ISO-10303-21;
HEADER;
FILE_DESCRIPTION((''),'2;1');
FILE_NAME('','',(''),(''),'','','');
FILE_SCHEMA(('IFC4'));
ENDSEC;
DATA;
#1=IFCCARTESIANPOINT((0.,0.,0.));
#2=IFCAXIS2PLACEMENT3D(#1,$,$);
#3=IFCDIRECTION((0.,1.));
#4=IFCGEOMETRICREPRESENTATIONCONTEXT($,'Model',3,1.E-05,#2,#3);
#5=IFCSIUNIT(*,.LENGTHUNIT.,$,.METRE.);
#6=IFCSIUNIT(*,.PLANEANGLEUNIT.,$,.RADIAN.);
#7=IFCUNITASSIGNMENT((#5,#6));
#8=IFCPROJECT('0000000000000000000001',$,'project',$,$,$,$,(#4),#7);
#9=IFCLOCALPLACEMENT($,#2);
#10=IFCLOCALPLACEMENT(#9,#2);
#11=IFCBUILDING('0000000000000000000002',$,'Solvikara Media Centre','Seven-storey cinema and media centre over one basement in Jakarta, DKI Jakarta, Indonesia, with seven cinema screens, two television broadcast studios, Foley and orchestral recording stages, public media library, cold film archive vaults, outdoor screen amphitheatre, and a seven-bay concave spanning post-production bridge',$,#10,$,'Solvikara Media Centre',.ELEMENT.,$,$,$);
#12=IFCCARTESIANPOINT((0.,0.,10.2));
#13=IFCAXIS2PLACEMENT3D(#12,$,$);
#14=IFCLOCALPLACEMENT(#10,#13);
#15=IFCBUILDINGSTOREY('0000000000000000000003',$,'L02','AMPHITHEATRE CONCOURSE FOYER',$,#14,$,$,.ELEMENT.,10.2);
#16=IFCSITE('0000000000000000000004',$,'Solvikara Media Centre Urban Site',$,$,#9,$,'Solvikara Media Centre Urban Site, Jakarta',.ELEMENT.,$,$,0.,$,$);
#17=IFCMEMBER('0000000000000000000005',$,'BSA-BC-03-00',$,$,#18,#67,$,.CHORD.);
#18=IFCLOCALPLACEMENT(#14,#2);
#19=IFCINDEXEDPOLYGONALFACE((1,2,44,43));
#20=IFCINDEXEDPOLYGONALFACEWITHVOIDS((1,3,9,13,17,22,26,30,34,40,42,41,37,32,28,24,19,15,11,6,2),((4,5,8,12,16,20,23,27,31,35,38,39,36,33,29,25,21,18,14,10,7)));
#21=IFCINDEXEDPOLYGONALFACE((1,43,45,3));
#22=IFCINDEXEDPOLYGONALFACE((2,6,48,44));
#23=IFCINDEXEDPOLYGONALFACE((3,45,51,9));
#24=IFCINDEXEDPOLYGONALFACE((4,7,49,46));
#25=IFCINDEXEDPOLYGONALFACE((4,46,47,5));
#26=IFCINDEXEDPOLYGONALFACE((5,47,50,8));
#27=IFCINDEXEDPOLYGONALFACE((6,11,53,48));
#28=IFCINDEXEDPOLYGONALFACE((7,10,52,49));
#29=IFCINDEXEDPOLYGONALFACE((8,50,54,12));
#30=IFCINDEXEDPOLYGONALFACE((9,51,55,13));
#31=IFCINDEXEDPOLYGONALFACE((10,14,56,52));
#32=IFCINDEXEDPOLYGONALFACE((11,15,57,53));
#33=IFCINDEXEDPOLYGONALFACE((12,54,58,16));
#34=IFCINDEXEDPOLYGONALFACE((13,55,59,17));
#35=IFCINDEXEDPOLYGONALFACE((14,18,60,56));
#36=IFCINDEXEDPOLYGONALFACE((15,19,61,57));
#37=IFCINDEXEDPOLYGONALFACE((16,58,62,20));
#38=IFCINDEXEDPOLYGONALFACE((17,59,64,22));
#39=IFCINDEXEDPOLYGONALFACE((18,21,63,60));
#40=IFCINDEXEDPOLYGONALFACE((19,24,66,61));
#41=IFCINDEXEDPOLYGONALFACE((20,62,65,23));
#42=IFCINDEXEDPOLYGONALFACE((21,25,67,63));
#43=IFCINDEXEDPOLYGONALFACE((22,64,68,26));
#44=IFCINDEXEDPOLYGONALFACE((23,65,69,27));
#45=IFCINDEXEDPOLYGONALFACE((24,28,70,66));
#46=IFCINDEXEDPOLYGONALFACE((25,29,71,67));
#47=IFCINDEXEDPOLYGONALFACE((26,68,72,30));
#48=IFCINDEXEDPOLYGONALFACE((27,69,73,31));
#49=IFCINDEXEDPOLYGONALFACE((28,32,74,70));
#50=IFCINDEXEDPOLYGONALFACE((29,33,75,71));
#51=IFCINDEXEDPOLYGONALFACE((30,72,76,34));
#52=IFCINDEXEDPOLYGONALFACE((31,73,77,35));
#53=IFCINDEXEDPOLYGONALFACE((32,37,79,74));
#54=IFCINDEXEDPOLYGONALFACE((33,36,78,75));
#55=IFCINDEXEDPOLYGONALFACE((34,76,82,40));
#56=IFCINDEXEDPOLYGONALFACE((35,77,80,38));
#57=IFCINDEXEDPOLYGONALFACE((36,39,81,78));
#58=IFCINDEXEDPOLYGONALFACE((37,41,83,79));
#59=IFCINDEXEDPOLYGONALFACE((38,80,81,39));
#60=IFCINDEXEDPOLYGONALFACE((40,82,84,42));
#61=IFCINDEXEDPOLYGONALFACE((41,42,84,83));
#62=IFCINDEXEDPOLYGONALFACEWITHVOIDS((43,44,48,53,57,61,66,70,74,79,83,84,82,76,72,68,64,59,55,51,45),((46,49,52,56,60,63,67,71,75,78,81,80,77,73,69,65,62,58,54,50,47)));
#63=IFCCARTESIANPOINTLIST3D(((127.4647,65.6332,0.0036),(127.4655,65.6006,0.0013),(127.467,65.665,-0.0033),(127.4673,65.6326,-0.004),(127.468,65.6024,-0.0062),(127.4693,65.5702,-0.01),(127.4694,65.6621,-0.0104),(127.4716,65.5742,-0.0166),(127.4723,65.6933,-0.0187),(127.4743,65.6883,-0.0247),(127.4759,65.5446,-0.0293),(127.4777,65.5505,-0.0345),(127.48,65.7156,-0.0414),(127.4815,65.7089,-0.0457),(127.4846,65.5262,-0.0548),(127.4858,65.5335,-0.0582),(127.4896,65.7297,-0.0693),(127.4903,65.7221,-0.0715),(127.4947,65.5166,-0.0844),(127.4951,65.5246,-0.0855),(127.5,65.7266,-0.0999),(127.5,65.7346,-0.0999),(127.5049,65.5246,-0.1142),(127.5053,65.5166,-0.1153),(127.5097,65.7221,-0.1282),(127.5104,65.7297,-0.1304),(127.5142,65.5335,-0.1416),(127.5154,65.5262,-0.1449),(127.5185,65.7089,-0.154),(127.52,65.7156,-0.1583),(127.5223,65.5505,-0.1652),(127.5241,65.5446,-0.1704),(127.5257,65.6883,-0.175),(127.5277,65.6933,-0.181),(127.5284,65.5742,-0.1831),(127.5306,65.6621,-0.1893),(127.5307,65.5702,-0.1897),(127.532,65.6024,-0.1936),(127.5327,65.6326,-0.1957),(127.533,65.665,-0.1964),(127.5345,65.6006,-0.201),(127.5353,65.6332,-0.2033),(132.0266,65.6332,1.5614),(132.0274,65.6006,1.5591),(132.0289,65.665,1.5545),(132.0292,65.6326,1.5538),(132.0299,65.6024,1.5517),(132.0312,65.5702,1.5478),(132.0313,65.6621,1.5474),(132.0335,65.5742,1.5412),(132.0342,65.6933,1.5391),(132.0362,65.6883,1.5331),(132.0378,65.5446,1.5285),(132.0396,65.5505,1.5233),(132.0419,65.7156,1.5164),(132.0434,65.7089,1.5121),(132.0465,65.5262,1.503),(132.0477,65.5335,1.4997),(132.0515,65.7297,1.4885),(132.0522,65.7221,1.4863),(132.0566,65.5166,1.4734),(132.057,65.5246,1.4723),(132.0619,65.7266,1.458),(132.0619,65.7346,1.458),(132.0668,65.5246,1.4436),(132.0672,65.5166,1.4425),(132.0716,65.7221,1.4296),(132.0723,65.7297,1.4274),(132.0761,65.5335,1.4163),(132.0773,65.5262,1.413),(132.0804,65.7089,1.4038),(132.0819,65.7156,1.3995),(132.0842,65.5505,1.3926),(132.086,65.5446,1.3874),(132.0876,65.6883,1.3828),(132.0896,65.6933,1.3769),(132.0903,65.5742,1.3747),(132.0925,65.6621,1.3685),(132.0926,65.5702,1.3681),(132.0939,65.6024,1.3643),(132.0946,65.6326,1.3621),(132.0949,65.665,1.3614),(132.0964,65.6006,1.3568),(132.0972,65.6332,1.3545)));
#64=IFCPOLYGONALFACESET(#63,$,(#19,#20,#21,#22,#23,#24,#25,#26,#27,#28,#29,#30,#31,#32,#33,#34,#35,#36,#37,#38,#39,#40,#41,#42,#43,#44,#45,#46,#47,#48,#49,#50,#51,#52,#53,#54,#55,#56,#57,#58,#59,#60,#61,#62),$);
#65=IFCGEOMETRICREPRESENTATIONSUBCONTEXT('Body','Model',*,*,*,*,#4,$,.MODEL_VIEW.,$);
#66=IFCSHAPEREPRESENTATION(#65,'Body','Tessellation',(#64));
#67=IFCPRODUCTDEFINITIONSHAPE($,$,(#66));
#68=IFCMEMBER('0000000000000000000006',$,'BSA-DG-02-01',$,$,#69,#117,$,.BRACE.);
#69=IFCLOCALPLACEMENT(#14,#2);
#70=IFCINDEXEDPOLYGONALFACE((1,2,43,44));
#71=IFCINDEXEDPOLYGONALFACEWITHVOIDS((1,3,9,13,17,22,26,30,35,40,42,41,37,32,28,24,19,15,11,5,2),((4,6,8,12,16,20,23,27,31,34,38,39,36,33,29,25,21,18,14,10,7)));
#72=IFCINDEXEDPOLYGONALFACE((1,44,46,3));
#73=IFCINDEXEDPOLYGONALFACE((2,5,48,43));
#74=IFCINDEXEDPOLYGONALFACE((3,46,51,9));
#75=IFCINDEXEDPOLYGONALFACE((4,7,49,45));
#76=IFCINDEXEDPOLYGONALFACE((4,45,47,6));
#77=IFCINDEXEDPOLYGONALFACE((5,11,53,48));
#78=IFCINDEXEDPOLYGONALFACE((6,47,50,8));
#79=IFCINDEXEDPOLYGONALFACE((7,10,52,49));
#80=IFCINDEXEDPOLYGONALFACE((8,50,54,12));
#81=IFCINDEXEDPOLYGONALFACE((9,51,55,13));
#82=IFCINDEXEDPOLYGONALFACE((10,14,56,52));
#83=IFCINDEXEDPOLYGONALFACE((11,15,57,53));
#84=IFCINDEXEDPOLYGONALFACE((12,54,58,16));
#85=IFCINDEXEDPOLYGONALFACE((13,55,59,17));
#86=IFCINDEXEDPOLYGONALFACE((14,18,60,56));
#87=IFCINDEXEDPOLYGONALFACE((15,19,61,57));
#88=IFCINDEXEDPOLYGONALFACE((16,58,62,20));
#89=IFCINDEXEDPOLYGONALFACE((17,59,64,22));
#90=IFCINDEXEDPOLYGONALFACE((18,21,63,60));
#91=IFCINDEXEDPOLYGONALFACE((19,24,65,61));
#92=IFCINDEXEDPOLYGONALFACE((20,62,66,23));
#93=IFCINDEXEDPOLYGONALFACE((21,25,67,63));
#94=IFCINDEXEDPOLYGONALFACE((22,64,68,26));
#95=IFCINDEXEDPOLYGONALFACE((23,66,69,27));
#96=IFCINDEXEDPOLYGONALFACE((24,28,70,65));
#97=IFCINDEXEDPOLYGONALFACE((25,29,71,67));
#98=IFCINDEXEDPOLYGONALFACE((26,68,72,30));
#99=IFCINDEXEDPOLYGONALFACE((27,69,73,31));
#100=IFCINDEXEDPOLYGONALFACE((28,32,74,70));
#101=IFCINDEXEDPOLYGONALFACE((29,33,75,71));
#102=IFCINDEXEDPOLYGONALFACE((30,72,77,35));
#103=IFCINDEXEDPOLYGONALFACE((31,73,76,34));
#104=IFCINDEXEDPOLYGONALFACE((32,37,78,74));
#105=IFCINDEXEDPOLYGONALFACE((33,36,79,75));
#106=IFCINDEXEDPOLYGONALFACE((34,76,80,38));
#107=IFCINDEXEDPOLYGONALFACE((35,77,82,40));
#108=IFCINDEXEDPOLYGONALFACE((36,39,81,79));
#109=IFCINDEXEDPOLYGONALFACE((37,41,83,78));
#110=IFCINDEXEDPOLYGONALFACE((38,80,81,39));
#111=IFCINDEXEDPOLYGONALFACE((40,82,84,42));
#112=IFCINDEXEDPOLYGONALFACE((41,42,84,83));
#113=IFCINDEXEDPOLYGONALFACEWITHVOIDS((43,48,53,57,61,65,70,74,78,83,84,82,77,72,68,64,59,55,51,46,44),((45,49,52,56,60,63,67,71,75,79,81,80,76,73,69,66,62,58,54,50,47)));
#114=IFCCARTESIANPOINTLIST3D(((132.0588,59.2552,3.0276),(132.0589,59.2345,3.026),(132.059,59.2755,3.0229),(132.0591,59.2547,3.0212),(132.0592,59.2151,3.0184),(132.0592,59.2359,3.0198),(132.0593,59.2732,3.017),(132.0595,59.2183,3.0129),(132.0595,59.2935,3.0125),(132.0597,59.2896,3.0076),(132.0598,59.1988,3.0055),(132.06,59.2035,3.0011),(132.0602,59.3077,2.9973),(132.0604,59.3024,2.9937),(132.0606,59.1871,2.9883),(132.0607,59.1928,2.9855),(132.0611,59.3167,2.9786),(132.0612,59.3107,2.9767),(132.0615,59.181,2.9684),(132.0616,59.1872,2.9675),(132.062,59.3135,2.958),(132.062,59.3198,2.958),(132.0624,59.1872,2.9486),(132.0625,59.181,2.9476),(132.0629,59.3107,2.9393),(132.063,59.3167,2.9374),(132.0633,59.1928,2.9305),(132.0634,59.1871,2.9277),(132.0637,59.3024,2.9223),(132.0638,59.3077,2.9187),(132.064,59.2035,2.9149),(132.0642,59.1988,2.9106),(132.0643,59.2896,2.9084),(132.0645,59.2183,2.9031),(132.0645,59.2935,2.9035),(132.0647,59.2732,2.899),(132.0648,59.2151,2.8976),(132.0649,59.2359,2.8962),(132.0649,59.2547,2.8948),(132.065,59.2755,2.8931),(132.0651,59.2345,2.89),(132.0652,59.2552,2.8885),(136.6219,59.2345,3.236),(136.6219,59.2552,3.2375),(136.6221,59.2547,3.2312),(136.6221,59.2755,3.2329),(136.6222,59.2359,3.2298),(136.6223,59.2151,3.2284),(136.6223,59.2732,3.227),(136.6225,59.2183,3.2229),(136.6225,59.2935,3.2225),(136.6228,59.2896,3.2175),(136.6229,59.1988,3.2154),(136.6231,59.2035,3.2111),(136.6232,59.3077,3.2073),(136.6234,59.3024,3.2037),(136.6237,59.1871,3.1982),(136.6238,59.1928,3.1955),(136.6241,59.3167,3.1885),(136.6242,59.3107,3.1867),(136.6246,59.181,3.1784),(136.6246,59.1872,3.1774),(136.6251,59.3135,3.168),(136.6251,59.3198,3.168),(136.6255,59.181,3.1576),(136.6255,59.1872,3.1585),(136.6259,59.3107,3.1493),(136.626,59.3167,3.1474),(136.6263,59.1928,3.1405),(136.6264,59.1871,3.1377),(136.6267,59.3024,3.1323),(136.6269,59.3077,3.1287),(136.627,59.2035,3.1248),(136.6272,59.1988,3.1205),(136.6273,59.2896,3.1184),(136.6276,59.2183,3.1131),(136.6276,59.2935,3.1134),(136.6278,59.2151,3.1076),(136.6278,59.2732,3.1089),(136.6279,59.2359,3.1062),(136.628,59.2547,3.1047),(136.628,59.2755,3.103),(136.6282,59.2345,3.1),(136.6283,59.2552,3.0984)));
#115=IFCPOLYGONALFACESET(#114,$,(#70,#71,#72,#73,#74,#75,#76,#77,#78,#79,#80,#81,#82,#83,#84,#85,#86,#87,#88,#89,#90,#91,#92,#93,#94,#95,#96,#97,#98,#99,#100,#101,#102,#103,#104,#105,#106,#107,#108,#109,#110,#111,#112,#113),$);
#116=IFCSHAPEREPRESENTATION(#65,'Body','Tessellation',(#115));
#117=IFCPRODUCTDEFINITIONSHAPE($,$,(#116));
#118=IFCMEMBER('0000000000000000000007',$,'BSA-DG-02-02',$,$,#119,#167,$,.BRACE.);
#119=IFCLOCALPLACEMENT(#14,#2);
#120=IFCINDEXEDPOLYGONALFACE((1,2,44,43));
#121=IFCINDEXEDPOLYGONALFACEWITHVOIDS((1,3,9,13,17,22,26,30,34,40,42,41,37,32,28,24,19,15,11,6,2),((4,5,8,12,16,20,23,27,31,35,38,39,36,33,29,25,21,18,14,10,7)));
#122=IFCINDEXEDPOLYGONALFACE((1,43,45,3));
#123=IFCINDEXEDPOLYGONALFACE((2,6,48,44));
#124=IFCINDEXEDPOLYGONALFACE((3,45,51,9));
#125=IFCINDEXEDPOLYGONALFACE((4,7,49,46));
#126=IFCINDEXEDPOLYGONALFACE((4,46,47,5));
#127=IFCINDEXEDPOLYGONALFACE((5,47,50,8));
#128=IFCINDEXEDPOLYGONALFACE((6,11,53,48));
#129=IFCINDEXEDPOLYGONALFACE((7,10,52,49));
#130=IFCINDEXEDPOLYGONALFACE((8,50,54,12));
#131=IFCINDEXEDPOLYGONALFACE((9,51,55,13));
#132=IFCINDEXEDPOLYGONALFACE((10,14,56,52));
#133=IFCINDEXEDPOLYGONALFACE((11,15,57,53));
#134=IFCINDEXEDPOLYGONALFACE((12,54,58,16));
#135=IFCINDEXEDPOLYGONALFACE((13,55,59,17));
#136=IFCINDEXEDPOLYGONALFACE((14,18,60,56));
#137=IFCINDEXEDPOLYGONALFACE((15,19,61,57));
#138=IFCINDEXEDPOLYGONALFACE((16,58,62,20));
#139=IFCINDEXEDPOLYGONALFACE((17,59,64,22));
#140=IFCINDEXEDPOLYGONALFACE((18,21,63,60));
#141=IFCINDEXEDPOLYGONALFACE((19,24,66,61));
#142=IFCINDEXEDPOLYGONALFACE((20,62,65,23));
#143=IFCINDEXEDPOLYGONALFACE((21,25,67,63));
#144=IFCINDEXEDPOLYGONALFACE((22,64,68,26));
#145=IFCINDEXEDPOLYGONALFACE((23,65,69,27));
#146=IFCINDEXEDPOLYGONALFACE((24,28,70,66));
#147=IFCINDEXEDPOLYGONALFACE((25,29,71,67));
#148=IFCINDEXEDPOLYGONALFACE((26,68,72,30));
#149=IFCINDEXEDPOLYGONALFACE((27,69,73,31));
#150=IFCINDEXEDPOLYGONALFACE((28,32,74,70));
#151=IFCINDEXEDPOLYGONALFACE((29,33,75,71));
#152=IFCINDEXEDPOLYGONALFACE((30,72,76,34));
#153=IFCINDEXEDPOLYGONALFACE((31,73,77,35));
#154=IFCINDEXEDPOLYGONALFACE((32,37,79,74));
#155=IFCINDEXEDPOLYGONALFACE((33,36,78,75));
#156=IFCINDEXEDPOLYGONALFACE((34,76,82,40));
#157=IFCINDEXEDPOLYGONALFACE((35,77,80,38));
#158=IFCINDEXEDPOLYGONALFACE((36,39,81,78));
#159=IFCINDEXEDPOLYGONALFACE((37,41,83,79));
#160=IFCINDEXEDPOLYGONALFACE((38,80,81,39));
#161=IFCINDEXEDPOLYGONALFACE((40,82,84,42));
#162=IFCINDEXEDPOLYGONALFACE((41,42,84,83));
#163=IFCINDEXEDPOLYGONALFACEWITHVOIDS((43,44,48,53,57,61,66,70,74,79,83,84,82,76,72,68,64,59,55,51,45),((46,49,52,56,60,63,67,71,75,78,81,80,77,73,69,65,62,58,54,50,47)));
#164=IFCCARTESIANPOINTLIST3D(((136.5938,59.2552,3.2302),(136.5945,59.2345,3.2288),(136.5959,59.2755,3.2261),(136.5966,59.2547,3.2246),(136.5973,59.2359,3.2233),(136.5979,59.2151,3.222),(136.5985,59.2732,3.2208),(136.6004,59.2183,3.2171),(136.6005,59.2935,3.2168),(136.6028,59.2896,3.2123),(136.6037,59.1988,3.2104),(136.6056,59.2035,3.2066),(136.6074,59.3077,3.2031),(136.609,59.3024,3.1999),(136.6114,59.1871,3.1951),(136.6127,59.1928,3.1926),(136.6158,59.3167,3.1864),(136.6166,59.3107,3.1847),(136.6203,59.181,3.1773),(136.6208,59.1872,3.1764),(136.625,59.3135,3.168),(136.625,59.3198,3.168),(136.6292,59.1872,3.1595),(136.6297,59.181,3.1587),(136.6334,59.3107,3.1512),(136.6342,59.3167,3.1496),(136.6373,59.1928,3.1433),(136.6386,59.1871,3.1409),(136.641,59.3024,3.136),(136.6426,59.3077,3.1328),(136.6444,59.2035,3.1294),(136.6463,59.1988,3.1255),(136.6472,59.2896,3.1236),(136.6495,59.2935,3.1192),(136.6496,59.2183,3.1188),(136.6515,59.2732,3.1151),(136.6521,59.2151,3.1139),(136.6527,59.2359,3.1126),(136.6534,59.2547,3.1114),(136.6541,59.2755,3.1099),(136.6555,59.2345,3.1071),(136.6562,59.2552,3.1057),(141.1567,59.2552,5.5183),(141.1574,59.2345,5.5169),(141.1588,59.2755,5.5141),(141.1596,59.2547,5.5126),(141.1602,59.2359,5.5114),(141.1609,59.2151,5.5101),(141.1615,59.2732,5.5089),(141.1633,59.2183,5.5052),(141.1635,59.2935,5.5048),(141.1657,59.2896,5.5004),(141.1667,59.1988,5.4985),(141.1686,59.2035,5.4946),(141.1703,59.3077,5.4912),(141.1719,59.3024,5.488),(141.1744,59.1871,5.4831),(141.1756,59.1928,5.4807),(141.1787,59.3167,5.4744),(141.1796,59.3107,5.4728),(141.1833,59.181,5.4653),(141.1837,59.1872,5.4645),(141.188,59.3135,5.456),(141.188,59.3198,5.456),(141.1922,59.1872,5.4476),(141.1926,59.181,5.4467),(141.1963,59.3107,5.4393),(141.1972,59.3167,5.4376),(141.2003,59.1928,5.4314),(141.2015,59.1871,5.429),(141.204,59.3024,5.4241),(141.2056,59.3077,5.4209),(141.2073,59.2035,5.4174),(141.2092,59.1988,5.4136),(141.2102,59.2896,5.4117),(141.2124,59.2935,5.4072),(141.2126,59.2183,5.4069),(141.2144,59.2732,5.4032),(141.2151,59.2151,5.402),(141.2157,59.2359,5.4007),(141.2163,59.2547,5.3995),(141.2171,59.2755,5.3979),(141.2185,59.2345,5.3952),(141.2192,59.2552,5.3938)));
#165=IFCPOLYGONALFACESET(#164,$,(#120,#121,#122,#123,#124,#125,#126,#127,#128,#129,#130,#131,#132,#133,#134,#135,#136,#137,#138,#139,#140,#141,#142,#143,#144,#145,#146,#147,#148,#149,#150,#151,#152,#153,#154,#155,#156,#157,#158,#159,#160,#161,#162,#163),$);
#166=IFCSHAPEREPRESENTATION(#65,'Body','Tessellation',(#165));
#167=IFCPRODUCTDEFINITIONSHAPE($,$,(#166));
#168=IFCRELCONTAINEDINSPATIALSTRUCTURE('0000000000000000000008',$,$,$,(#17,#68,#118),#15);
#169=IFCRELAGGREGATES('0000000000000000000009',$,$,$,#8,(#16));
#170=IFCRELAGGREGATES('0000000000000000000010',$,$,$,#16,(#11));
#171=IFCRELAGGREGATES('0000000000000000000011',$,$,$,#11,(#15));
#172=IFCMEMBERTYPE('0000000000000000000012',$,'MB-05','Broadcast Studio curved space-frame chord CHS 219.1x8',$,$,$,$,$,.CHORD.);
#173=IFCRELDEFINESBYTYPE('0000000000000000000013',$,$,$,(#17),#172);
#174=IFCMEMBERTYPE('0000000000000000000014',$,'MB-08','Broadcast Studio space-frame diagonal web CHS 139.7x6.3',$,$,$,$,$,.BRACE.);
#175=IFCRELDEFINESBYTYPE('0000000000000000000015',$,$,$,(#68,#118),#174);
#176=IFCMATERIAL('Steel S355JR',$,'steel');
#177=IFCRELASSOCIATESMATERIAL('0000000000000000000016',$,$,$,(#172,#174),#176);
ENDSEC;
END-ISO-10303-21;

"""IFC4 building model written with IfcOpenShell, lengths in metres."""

from ifc_helpers import new_model, si_unit, direction, frame, origin, origin_2d, place, context, subcontext, project, spatial, hollow_circle, extrude, material, material_profile, profile_set, type_object, element, save


model = new_model("IFC4")

# Units and contexts
model_context = context("Model", 3, precision=1e-05, world=origin(), true_north=direction((0.0, 1.0)))
body_context = subcontext(model_context, "Body", "Model", "MODEL_VIEW")
ifc_project = project(units=[si_unit("LENGTHUNIT", "METRE"), si_unit("PLANEANGLEUNIT", "RADIAN")], contexts=[model_context])

# Site, building, storey
site_placement = place(None, origin())
site = spatial("IfcSite", under=ifc_project, at=site_placement, Name="Solvikara Media Centre Urban Site", LongName="Solvikara Media Centre Urban Site, Jakarta", CompositionType="ELEMENT", RefElevation=0.0)
building_placement = place(site_placement, origin())
building = spatial("IfcBuilding", under=site, at=building_placement, Name="Solvikara Media Centre", Description="Seven-storey cinema and media centre over one basement in Jakarta, DKI Jakarta, Indonesia, with seven cinema screens, two television broadcast studios, Foley and orchestral recording stages, public media library, cold film archive vaults, outdoor screen amphitheatre, and a seven-bay concave spanning post-production bridge", LongName="Solvikara Media Centre", CompositionType="ELEMENT")
storey_placement = place(building_placement, frame((0.0, 0.0, 10.2)))
storey = spatial("IfcBuildingStorey", under=building, at=storey_placement, Name="L02", Description="AMPHITHEATRE CONCOURSE FOYER", CompositionType="ELEMENT", Elevation=10.2)

# Members
ifc_material_1 = material(Name="Steel S355JR", Category="steel")
ifc_material_profile_1 = material_profile(ifc_material_1, hollow_circle(Radius=0.1096, WallThickness=0.0081, at=origin_2d()), Name="CHS 219.1x8")
ifc_profile_set_1 = profile_set([ifc_material_profile_1], Name="Steel S355JR")
member_type_1 = type_object("IfcMemberType", Name="MB-05", Description="Broadcast Studio curved space-frame chord CHS 219.1x8", PredefinedType="CHORD", material=ifc_profile_set_1)
member_1_placement = place(storey_placement, frame((127.5, 65.625, -0.0999), z_axis=(0.946343, 0.0, 0.323163), x_axis=(0.0, 1.0, 0.0)))
element("IfcMember", 1, at=member_1_placement, inside=storey, type_object=member_type_1, Name="BSA-BC-03-00", PredefinedType="CHORD", context=body_context, shape_type="SweptSolid", body=[
    extrude(hollow_circle(Radius=0.1096, WallThickness=0.0081, at=origin_2d()), origin(), (0.0, 0.0, 1.0), 4.8206),
])
ifc_material_profile_2 = material_profile(ifc_material_1, hollow_circle(Radius=0.0698, WallThickness=0.0063, at=origin_2d()), Name="CHS 139.7x6.3")
ifc_profile_set_2 = profile_set([ifc_material_profile_2], Name="Steel S355JR")
member_type_2 = type_object("IfcMemberType", Name="MB-08", Description="Broadcast Studio space-frame diagonal web CHS 139.7x6.3", PredefinedType="BRACE", material=ifc_profile_set_2)
member_2_placement = place(storey_placement, frame((132.062, 59.25, 2.958), z_axis=(0.998943, 0.0, 0.045965), x_axis=(0.0, 1.0, 0.0)))
element("IfcMember", 2, at=member_2_placement, inside=storey, type_object=member_type_2, Name="BSA-DG-02-01", PredefinedType="BRACE", context=body_context, shape_type="SweptSolid", body=[
    extrude(hollow_circle(Radius=0.0698, WallThickness=0.0063, at=origin_2d()), origin(), (0.0, 0.0, 1.0), 4.5679),
])
member_3_placement = place(storey_placement, frame((136.625, 59.25, 3.168), z_axis=(0.89391, 0.0, 0.448246), x_axis=(0.0, 1.0, 0.0)))
element("IfcMember", 3, at=member_3_placement, inside=storey, type_object=member_type_2, Name="BSA-DG-02-02", PredefinedType="BRACE", context=body_context, shape_type="SweptSolid", body=[
    extrude(hollow_circle(Radius=0.0698, WallThickness=0.0063, at=origin_2d()), origin(), (0.0, 0.0, 1.0), 5.1045),
])

save(model, "model.ifc")
